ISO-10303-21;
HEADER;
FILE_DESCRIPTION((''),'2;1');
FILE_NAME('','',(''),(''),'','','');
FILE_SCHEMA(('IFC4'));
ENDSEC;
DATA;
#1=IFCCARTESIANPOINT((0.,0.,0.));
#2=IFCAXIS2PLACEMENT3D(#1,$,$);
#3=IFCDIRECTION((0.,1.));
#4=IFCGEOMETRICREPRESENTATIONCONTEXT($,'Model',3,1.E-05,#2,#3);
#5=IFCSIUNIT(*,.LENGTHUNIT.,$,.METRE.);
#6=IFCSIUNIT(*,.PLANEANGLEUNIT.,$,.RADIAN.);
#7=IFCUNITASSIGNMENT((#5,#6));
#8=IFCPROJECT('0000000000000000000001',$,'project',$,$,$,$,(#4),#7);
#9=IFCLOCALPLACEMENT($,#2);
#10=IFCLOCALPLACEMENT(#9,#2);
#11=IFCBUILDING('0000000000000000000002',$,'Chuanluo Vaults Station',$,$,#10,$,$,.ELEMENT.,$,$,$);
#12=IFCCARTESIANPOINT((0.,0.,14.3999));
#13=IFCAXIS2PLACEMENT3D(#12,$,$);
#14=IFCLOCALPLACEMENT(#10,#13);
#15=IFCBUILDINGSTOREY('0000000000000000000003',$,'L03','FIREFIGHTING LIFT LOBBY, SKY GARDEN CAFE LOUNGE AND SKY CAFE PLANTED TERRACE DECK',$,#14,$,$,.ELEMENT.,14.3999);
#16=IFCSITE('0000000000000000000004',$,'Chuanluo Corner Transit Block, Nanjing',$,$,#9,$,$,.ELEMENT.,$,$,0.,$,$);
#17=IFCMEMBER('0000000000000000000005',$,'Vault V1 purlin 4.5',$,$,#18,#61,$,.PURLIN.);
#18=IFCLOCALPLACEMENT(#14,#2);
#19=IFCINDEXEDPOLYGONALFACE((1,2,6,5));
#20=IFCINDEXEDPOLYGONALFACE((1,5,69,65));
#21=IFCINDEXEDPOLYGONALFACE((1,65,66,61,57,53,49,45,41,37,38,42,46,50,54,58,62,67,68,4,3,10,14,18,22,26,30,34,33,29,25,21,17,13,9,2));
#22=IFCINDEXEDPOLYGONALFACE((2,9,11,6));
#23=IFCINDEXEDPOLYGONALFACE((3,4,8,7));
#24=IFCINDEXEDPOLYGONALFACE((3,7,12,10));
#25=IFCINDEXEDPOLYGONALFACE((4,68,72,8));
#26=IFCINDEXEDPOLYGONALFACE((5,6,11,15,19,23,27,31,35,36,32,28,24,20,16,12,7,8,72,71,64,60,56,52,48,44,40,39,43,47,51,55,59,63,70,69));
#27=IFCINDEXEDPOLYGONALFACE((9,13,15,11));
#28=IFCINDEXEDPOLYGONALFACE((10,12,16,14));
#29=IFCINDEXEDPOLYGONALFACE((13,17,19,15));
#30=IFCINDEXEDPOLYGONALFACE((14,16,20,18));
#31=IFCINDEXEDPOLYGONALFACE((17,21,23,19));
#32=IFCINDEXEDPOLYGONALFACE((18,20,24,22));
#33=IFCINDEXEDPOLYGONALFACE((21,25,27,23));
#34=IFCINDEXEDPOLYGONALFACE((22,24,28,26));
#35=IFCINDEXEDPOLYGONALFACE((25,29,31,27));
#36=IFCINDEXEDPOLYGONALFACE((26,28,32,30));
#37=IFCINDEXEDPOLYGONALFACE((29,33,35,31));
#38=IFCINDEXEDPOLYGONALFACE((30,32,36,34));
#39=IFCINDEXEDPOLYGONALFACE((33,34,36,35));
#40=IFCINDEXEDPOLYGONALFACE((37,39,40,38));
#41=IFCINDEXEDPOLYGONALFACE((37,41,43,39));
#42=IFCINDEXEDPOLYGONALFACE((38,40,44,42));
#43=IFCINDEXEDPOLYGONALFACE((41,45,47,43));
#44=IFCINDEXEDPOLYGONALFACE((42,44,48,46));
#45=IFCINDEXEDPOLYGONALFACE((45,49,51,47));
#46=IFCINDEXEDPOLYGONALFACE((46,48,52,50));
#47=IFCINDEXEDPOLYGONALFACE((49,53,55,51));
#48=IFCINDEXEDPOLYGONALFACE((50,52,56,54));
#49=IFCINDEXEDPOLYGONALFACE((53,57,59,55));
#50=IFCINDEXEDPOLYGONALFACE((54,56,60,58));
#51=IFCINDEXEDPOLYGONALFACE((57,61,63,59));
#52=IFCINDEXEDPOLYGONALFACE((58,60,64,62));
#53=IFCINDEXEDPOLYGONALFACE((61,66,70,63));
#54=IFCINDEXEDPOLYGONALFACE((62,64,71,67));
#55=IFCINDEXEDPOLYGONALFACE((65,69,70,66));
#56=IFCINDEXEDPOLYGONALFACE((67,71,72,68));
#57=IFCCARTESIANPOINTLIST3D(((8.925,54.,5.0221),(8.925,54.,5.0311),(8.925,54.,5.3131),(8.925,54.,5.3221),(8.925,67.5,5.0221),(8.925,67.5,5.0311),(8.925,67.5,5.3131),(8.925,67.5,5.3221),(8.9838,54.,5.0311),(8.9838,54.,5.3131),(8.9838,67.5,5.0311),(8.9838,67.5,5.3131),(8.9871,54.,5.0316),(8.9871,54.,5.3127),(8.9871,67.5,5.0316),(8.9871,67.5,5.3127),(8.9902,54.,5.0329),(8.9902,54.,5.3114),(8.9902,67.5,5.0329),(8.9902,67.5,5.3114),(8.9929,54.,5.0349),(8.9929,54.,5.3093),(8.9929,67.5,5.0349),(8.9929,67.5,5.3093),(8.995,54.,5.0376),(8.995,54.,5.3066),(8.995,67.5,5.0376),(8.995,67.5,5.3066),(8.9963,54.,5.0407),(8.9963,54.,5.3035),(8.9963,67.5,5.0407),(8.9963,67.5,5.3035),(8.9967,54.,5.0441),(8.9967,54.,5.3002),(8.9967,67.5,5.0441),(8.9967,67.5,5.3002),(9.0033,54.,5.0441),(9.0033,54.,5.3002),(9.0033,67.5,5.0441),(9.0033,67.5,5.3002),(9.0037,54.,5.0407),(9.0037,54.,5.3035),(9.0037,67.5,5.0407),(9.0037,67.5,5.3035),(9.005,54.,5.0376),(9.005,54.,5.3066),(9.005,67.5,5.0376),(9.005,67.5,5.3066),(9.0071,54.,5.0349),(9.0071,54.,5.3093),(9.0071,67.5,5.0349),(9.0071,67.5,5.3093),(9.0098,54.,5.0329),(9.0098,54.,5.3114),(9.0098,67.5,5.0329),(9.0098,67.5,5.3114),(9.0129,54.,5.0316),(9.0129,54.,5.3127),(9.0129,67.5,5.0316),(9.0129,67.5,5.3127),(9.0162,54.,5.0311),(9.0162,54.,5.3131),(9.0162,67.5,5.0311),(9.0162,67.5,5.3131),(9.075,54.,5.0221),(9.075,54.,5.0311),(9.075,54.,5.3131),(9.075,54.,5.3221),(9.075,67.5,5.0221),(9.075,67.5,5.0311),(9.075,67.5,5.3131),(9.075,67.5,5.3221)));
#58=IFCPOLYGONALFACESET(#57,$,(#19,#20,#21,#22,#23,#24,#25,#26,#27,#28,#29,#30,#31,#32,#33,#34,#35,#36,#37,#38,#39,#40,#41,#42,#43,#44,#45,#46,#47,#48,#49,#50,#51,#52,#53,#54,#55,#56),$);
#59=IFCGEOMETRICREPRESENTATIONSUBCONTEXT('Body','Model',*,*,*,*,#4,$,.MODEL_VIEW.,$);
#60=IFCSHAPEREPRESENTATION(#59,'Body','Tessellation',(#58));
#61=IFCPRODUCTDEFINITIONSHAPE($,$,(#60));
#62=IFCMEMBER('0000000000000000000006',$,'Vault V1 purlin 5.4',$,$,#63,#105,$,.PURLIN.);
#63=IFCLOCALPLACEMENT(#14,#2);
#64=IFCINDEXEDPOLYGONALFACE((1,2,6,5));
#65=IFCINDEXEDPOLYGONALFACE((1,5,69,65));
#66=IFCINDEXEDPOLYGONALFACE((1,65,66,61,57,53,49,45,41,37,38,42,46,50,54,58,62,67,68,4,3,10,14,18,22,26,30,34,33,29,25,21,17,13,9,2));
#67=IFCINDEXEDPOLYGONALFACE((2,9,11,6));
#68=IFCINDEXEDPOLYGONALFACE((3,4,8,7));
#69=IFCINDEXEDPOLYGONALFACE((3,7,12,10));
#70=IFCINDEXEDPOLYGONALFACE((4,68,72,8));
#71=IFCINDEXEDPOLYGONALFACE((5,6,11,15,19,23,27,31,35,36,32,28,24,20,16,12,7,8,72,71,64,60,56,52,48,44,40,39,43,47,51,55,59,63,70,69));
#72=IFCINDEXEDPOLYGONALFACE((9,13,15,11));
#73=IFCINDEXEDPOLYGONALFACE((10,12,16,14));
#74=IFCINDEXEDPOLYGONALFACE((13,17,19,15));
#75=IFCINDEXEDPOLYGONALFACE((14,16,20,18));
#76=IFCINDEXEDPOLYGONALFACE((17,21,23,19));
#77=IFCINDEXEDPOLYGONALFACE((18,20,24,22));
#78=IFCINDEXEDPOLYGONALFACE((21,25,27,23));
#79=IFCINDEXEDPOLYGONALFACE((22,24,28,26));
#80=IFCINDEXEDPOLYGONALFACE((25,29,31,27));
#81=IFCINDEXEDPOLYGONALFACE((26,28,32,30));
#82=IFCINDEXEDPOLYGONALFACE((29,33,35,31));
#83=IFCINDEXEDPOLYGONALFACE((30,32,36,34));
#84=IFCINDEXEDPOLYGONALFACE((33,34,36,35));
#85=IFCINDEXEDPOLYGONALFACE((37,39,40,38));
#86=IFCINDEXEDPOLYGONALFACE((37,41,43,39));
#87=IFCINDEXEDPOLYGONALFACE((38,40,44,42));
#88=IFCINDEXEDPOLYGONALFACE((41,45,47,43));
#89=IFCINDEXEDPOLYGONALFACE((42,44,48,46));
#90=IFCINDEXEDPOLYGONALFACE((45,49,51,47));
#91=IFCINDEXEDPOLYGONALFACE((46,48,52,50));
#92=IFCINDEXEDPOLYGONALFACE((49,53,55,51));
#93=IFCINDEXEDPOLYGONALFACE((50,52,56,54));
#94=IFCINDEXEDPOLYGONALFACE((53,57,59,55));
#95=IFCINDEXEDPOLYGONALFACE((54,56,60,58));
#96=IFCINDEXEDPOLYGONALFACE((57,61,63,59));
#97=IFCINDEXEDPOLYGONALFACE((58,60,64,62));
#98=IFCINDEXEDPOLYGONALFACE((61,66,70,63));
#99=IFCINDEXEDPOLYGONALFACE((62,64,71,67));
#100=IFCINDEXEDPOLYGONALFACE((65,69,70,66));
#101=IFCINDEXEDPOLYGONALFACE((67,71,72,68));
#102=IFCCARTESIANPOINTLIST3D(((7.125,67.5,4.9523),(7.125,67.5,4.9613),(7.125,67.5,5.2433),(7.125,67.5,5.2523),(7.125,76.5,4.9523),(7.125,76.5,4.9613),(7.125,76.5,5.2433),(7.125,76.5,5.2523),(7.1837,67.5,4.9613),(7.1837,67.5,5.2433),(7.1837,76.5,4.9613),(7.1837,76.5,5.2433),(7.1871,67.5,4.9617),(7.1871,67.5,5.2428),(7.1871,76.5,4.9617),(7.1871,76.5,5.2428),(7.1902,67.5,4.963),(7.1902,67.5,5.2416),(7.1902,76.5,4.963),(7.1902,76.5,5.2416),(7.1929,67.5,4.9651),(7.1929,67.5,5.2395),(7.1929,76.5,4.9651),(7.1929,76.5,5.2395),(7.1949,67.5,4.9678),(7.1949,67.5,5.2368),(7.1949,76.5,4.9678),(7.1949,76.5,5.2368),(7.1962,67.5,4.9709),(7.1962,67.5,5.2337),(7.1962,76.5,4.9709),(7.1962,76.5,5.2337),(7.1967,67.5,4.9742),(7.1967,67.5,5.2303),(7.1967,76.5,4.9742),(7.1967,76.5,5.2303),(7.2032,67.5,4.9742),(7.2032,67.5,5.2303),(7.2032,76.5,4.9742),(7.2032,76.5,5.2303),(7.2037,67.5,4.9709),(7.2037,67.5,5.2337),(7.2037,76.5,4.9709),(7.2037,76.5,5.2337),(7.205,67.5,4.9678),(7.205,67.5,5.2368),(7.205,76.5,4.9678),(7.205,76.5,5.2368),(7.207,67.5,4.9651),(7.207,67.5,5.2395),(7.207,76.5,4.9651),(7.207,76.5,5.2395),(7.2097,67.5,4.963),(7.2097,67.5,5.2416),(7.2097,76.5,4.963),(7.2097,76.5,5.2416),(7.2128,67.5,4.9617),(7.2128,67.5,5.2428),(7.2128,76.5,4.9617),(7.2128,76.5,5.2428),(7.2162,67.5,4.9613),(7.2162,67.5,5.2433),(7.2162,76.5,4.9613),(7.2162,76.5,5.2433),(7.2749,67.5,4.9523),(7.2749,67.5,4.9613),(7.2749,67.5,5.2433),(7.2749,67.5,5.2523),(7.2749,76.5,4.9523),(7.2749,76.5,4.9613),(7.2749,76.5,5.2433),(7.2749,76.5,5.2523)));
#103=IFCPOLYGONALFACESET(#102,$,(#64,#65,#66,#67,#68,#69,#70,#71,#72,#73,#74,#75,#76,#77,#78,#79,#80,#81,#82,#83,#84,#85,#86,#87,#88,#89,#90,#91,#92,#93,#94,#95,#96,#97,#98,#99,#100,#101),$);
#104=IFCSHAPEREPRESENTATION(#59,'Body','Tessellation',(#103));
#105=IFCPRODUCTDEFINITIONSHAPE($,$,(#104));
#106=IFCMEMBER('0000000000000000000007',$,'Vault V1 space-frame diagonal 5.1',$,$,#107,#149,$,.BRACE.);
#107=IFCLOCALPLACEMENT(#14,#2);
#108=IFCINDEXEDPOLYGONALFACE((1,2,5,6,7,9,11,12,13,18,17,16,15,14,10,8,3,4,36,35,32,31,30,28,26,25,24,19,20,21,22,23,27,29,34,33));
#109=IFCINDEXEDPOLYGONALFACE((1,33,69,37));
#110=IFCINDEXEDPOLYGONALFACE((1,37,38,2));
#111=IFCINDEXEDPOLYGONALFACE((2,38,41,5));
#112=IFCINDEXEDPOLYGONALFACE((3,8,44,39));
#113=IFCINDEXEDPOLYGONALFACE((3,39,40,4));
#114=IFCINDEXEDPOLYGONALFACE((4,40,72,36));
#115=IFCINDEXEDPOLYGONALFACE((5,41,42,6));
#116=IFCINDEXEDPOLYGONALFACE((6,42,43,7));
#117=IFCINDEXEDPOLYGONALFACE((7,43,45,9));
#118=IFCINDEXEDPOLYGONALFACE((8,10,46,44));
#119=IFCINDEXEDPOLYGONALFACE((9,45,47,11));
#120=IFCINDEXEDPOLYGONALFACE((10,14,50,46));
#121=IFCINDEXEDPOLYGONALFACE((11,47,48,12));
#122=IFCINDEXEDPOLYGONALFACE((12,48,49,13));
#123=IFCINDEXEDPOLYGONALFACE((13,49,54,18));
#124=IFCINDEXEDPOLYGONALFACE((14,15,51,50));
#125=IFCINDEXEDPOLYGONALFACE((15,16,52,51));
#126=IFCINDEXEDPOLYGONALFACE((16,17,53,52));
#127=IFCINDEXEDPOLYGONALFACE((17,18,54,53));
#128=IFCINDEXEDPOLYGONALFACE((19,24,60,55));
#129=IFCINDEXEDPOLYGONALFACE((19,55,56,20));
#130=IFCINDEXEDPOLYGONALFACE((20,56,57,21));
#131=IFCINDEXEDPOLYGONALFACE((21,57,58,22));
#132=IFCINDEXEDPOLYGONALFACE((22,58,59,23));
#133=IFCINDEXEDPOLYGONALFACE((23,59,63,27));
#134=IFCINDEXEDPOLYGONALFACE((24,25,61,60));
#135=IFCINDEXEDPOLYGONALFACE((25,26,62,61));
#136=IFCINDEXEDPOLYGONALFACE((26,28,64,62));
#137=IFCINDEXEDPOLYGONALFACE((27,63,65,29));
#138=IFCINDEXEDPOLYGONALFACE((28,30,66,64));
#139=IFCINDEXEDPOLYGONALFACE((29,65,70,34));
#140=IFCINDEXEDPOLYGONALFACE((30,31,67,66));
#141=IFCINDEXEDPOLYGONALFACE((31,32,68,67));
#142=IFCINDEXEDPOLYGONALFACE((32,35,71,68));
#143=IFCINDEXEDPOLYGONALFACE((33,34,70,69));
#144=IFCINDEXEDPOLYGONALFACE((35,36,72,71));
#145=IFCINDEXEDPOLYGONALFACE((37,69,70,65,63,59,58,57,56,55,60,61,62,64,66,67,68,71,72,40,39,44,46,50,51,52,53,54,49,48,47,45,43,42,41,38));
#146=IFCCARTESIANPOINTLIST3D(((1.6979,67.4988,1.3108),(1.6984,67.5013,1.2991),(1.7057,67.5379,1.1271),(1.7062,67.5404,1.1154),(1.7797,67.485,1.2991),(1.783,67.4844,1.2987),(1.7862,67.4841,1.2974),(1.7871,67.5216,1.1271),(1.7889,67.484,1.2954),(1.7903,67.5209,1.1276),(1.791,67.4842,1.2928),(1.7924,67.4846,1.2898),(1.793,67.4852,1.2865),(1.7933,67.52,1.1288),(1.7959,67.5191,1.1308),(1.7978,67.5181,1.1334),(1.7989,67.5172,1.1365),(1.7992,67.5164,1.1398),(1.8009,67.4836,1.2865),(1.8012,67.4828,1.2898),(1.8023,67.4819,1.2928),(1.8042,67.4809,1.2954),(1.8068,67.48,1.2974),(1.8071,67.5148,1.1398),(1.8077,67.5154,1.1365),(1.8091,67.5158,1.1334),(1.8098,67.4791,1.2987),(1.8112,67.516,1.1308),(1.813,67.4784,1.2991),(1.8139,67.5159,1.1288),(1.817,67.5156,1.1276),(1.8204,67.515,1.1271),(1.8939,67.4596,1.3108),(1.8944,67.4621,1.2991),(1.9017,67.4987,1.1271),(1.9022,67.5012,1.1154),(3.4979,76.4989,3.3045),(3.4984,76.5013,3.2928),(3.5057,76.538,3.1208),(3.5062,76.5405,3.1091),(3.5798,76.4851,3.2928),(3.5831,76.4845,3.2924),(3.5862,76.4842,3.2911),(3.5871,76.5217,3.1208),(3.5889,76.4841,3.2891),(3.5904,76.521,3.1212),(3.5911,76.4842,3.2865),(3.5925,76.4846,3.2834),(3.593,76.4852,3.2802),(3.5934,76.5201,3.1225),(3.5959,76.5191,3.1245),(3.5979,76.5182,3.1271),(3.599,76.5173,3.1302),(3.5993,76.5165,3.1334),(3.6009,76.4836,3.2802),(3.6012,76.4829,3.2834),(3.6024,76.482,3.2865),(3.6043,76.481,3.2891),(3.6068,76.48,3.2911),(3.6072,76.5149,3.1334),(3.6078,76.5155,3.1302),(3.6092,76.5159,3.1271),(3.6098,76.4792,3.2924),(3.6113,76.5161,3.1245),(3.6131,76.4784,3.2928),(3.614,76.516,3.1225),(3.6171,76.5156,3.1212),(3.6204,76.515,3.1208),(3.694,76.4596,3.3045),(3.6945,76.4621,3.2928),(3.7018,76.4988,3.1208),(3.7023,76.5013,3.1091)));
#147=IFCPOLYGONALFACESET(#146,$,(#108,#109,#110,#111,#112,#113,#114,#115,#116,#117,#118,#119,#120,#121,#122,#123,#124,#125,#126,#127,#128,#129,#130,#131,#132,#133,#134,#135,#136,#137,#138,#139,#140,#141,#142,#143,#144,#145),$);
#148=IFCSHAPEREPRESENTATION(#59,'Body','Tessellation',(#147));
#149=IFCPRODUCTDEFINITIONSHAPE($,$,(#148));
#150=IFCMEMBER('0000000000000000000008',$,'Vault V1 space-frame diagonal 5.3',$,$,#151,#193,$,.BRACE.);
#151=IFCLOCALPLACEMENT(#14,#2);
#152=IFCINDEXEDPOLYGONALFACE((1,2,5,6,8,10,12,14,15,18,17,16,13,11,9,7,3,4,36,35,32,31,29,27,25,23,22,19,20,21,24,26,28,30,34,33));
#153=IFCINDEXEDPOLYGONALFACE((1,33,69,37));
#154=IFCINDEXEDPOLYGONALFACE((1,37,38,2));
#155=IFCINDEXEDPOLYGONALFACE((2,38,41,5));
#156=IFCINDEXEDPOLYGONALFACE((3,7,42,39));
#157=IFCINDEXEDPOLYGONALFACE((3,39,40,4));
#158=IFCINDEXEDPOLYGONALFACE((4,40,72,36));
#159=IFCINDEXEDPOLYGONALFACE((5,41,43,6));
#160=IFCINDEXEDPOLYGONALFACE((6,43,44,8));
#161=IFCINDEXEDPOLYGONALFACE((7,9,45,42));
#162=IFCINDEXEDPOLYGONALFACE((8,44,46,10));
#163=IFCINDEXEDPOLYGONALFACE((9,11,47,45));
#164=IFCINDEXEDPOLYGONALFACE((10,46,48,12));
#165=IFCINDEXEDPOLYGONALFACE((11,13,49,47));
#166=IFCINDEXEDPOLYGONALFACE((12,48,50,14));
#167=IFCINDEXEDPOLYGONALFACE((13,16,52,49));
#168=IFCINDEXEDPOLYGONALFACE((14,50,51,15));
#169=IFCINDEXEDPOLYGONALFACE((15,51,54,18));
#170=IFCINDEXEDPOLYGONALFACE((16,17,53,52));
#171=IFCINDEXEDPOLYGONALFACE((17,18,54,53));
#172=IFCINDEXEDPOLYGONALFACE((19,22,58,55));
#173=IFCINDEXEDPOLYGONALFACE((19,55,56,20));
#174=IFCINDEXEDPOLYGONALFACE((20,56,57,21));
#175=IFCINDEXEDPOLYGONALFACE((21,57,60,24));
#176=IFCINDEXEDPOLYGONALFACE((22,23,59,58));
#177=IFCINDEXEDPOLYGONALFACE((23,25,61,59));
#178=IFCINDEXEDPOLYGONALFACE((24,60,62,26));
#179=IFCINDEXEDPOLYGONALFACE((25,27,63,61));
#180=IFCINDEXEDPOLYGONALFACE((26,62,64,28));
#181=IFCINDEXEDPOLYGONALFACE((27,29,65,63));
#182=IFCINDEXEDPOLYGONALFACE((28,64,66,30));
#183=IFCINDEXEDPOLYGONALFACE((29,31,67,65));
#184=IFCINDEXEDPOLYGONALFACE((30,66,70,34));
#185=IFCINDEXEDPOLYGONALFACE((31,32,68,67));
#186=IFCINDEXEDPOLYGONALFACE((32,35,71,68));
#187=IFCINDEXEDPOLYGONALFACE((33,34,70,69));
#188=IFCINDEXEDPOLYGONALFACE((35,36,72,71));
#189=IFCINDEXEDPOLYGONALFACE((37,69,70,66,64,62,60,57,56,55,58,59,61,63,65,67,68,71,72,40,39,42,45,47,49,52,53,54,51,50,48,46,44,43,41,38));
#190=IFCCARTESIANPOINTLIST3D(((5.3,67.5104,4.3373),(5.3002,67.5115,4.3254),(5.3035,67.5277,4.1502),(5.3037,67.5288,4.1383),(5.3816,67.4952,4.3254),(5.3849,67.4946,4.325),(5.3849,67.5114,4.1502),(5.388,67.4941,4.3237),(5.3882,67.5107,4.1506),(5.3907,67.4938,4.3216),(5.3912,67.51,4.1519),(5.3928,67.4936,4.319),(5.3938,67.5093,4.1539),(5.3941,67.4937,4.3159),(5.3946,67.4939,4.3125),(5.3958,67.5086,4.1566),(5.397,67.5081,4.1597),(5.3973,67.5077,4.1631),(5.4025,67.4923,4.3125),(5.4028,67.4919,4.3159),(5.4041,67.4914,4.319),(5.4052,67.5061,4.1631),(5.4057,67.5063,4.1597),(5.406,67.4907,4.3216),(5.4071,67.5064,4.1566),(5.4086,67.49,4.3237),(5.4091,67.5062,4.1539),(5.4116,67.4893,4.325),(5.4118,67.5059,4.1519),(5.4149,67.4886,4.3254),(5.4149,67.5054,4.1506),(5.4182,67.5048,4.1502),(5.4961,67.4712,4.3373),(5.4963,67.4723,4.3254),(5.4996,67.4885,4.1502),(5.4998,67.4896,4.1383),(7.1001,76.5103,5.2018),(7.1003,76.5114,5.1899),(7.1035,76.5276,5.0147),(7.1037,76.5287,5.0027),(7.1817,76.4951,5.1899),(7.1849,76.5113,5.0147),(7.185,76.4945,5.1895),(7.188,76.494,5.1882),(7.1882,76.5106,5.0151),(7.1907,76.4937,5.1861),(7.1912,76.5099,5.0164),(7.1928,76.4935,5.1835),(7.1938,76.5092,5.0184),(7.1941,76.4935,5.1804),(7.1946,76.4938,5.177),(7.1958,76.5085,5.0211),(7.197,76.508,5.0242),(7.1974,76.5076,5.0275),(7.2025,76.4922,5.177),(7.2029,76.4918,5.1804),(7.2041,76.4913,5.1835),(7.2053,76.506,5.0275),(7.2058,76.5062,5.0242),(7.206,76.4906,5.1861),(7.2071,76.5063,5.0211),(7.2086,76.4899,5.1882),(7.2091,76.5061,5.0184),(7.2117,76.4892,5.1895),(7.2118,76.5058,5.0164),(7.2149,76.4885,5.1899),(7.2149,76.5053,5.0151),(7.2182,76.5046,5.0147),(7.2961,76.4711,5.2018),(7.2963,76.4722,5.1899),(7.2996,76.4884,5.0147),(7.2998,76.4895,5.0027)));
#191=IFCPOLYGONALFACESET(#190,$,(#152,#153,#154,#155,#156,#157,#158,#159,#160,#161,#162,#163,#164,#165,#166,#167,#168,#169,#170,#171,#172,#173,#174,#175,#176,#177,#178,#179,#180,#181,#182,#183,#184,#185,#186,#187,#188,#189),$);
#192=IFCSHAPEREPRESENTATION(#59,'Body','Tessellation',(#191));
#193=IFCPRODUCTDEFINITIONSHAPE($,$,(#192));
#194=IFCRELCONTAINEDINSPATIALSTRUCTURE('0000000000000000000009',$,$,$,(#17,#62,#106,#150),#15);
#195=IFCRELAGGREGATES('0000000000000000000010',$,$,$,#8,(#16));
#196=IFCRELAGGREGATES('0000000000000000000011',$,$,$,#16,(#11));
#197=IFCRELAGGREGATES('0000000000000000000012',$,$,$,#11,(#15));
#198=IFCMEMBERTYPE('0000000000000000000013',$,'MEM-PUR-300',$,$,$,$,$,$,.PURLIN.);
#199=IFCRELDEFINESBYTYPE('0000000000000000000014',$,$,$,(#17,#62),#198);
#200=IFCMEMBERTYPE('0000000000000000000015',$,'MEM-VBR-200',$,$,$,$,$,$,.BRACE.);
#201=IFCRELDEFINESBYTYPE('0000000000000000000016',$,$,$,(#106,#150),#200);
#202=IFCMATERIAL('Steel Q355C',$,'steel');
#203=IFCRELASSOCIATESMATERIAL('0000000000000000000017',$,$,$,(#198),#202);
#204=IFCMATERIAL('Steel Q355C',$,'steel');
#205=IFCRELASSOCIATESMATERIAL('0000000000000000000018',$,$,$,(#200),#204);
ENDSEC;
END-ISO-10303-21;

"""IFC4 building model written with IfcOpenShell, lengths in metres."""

from ifc_helpers import new_model, si_unit, direction, frame, origin, origin_2d, place, context, subcontext, project, spatial, i_section, extrude, material, material_profile, profile_set, type_object, element, save


model = new_model("IFC4")

# Units and contexts
model_context = context("Model", 3, precision=1e-05, world=origin(), true_north=direction((0.0, 1.0)))
body_context = subcontext(model_context, "Body", "Model", "MODEL_VIEW")
ifc_project = project(units=[si_unit("LENGTHUNIT", "METRE"), si_unit("PLANEANGLEUNIT", "RADIAN")], contexts=[model_context])

# Site, building, storey
site_placement = place(None, origin())
site = spatial("IfcSite", under=ifc_project, at=site_placement, Name="Chuanluo Corner Transit Block, Nanjing", CompositionType="ELEMENT", RefElevation=0.0)
building_placement = place(site_placement, origin())
building = spatial("IfcBuilding", under=site, at=building_placement, Name="Chuanluo Vaults Station", CompositionType="ELEMENT")
storey_placement = place(building_placement, frame((0.0, 0.0, 14.3999)))
storey = spatial("IfcBuildingStorey", under=building, at=storey_placement, Name="L03", Description="FIREFIGHTING LIFT LOBBY, SKY GARDEN CAFE LOUNGE AND SKY CAFE PLANTED TERRACE DECK", CompositionType="ELEMENT", Elevation=14.3999)

# Members
ifc_material_1 = material(Name="Steel Q355C", Category="steel")
ifc_material_profile_1 = material_profile(ifc_material_1, i_section(OverallWidth=0.1499, OverallDepth=0.3, WebThickness=0.0066, FlangeThickness=0.009, FilletRadius=0.0129, at=origin_2d()))
ifc_profile_set_1 = profile_set([ifc_material_profile_1], Name="Steel Q355C")
member_type_1 = type_object("IfcMemberType", Name="MEM-PUR-300", PredefinedType="PURLIN", material=ifc_profile_set_1)
for number, where, z_axis, x_axis, name in (
    (1, (9.0, 54.0, 5.1721), (0.0, 1.0, 0.0), (-1.0, 0.0, 0.0), "Vault V1 purlin 4.5"),
):
    element("IfcMember", number, at=place(storey_placement, frame(where, z_axis=z_axis, x_axis=x_axis)), inside=storey, type_object=member_type_1, Name=name, PredefinedType="PURLIN", context=body_context, shape_type="SweptSolid", body=[
        extrude(i_section(OverallWidth=0.1499, OverallDepth=0.3, WebThickness=0.0066, FlangeThickness=0.009, FilletRadius=0.0129, at=origin_2d()), origin(), (0.0, 0.0, 1.0), 13.5),
    ])
member_1_placement = place(storey_placement, frame((7.2, 67.5, 5.1023), z_axis=(0.0, 1.0, 0.0), x_axis=(-1.0, 0.0, 0.0)))
element("IfcMember", 2, at=member_1_placement, inside=storey, type_object=member_type_1, Name="Vault V1 purlin 5.4", PredefinedType="PURLIN", context=body_context, shape_type="SweptSolid", body=[
    extrude(i_section(OverallWidth=0.1499, OverallDepth=0.3, WebThickness=0.0066, FlangeThickness=0.009, FilletRadius=0.0129, at=origin_2d()), origin(), (0.0, 0.0, 1.0), 9.0),
])
ifc_material_2 = material(Name="Steel Q355C", Category="steel")
ifc_material_profile_2 = material_profile(ifc_material_2, i_section(OverallWidth=0.2, OverallDepth=0.2, WebThickness=0.0081, FlangeThickness=0.012, FilletRadius=0.0129, at=origin_2d()))
ifc_profile_set_2 = profile_set([ifc_material_profile_2], Name="Steel Q355C")
member_type_2 = type_object("IfcMemberType", Name="MEM-VBR-200", PredefinedType="BRACE", material=ifc_profile_set_2)
member_2_placement = place(storey_placement, frame((1.8, 67.5, 1.2131), z_axis=(0.191652, 0.958234, 0.212265), x_axis=(-0.98058, 0.196121, 0.0)))
element("IfcMember", 3, at=member_2_placement, inside=storey, type_object=member_type_2, Name="Vault V1 space-frame diagonal 5.1", PredefinedType="BRACE", context=body_context, shape_type="SweptSolid", body=[
    extrude(i_section(OverallWidth=0.2, OverallDepth=0.2, WebThickness=0.0081, FlangeThickness=0.012, FilletRadius=0.0129, at=origin_2d()), origin(), (0.0, 0.0, 1.0), 9.3923),
])
member_3_placement = place(storey_placement, frame((5.3999, 67.5, 4.2378), z_axis=(0.195257, 0.976259, 0.093775), x_axis=(-0.98058, 0.196121, 0.0)))
element("IfcMember", 4, at=member_3_placement, inside=storey, type_object=member_type_2, Name="Vault V1 space-frame diagonal 5.3", PredefinedType="BRACE", context=body_context, shape_type="SweptSolid", body=[
    extrude(i_section(OverallWidth=0.2, OverallDepth=0.2, WebThickness=0.0081, FlangeThickness=0.012, FilletRadius=0.0129, at=origin_2d()), origin(), (0.0, 0.0, 1.0), 9.2188),
])

save(model, "model.ifc")
